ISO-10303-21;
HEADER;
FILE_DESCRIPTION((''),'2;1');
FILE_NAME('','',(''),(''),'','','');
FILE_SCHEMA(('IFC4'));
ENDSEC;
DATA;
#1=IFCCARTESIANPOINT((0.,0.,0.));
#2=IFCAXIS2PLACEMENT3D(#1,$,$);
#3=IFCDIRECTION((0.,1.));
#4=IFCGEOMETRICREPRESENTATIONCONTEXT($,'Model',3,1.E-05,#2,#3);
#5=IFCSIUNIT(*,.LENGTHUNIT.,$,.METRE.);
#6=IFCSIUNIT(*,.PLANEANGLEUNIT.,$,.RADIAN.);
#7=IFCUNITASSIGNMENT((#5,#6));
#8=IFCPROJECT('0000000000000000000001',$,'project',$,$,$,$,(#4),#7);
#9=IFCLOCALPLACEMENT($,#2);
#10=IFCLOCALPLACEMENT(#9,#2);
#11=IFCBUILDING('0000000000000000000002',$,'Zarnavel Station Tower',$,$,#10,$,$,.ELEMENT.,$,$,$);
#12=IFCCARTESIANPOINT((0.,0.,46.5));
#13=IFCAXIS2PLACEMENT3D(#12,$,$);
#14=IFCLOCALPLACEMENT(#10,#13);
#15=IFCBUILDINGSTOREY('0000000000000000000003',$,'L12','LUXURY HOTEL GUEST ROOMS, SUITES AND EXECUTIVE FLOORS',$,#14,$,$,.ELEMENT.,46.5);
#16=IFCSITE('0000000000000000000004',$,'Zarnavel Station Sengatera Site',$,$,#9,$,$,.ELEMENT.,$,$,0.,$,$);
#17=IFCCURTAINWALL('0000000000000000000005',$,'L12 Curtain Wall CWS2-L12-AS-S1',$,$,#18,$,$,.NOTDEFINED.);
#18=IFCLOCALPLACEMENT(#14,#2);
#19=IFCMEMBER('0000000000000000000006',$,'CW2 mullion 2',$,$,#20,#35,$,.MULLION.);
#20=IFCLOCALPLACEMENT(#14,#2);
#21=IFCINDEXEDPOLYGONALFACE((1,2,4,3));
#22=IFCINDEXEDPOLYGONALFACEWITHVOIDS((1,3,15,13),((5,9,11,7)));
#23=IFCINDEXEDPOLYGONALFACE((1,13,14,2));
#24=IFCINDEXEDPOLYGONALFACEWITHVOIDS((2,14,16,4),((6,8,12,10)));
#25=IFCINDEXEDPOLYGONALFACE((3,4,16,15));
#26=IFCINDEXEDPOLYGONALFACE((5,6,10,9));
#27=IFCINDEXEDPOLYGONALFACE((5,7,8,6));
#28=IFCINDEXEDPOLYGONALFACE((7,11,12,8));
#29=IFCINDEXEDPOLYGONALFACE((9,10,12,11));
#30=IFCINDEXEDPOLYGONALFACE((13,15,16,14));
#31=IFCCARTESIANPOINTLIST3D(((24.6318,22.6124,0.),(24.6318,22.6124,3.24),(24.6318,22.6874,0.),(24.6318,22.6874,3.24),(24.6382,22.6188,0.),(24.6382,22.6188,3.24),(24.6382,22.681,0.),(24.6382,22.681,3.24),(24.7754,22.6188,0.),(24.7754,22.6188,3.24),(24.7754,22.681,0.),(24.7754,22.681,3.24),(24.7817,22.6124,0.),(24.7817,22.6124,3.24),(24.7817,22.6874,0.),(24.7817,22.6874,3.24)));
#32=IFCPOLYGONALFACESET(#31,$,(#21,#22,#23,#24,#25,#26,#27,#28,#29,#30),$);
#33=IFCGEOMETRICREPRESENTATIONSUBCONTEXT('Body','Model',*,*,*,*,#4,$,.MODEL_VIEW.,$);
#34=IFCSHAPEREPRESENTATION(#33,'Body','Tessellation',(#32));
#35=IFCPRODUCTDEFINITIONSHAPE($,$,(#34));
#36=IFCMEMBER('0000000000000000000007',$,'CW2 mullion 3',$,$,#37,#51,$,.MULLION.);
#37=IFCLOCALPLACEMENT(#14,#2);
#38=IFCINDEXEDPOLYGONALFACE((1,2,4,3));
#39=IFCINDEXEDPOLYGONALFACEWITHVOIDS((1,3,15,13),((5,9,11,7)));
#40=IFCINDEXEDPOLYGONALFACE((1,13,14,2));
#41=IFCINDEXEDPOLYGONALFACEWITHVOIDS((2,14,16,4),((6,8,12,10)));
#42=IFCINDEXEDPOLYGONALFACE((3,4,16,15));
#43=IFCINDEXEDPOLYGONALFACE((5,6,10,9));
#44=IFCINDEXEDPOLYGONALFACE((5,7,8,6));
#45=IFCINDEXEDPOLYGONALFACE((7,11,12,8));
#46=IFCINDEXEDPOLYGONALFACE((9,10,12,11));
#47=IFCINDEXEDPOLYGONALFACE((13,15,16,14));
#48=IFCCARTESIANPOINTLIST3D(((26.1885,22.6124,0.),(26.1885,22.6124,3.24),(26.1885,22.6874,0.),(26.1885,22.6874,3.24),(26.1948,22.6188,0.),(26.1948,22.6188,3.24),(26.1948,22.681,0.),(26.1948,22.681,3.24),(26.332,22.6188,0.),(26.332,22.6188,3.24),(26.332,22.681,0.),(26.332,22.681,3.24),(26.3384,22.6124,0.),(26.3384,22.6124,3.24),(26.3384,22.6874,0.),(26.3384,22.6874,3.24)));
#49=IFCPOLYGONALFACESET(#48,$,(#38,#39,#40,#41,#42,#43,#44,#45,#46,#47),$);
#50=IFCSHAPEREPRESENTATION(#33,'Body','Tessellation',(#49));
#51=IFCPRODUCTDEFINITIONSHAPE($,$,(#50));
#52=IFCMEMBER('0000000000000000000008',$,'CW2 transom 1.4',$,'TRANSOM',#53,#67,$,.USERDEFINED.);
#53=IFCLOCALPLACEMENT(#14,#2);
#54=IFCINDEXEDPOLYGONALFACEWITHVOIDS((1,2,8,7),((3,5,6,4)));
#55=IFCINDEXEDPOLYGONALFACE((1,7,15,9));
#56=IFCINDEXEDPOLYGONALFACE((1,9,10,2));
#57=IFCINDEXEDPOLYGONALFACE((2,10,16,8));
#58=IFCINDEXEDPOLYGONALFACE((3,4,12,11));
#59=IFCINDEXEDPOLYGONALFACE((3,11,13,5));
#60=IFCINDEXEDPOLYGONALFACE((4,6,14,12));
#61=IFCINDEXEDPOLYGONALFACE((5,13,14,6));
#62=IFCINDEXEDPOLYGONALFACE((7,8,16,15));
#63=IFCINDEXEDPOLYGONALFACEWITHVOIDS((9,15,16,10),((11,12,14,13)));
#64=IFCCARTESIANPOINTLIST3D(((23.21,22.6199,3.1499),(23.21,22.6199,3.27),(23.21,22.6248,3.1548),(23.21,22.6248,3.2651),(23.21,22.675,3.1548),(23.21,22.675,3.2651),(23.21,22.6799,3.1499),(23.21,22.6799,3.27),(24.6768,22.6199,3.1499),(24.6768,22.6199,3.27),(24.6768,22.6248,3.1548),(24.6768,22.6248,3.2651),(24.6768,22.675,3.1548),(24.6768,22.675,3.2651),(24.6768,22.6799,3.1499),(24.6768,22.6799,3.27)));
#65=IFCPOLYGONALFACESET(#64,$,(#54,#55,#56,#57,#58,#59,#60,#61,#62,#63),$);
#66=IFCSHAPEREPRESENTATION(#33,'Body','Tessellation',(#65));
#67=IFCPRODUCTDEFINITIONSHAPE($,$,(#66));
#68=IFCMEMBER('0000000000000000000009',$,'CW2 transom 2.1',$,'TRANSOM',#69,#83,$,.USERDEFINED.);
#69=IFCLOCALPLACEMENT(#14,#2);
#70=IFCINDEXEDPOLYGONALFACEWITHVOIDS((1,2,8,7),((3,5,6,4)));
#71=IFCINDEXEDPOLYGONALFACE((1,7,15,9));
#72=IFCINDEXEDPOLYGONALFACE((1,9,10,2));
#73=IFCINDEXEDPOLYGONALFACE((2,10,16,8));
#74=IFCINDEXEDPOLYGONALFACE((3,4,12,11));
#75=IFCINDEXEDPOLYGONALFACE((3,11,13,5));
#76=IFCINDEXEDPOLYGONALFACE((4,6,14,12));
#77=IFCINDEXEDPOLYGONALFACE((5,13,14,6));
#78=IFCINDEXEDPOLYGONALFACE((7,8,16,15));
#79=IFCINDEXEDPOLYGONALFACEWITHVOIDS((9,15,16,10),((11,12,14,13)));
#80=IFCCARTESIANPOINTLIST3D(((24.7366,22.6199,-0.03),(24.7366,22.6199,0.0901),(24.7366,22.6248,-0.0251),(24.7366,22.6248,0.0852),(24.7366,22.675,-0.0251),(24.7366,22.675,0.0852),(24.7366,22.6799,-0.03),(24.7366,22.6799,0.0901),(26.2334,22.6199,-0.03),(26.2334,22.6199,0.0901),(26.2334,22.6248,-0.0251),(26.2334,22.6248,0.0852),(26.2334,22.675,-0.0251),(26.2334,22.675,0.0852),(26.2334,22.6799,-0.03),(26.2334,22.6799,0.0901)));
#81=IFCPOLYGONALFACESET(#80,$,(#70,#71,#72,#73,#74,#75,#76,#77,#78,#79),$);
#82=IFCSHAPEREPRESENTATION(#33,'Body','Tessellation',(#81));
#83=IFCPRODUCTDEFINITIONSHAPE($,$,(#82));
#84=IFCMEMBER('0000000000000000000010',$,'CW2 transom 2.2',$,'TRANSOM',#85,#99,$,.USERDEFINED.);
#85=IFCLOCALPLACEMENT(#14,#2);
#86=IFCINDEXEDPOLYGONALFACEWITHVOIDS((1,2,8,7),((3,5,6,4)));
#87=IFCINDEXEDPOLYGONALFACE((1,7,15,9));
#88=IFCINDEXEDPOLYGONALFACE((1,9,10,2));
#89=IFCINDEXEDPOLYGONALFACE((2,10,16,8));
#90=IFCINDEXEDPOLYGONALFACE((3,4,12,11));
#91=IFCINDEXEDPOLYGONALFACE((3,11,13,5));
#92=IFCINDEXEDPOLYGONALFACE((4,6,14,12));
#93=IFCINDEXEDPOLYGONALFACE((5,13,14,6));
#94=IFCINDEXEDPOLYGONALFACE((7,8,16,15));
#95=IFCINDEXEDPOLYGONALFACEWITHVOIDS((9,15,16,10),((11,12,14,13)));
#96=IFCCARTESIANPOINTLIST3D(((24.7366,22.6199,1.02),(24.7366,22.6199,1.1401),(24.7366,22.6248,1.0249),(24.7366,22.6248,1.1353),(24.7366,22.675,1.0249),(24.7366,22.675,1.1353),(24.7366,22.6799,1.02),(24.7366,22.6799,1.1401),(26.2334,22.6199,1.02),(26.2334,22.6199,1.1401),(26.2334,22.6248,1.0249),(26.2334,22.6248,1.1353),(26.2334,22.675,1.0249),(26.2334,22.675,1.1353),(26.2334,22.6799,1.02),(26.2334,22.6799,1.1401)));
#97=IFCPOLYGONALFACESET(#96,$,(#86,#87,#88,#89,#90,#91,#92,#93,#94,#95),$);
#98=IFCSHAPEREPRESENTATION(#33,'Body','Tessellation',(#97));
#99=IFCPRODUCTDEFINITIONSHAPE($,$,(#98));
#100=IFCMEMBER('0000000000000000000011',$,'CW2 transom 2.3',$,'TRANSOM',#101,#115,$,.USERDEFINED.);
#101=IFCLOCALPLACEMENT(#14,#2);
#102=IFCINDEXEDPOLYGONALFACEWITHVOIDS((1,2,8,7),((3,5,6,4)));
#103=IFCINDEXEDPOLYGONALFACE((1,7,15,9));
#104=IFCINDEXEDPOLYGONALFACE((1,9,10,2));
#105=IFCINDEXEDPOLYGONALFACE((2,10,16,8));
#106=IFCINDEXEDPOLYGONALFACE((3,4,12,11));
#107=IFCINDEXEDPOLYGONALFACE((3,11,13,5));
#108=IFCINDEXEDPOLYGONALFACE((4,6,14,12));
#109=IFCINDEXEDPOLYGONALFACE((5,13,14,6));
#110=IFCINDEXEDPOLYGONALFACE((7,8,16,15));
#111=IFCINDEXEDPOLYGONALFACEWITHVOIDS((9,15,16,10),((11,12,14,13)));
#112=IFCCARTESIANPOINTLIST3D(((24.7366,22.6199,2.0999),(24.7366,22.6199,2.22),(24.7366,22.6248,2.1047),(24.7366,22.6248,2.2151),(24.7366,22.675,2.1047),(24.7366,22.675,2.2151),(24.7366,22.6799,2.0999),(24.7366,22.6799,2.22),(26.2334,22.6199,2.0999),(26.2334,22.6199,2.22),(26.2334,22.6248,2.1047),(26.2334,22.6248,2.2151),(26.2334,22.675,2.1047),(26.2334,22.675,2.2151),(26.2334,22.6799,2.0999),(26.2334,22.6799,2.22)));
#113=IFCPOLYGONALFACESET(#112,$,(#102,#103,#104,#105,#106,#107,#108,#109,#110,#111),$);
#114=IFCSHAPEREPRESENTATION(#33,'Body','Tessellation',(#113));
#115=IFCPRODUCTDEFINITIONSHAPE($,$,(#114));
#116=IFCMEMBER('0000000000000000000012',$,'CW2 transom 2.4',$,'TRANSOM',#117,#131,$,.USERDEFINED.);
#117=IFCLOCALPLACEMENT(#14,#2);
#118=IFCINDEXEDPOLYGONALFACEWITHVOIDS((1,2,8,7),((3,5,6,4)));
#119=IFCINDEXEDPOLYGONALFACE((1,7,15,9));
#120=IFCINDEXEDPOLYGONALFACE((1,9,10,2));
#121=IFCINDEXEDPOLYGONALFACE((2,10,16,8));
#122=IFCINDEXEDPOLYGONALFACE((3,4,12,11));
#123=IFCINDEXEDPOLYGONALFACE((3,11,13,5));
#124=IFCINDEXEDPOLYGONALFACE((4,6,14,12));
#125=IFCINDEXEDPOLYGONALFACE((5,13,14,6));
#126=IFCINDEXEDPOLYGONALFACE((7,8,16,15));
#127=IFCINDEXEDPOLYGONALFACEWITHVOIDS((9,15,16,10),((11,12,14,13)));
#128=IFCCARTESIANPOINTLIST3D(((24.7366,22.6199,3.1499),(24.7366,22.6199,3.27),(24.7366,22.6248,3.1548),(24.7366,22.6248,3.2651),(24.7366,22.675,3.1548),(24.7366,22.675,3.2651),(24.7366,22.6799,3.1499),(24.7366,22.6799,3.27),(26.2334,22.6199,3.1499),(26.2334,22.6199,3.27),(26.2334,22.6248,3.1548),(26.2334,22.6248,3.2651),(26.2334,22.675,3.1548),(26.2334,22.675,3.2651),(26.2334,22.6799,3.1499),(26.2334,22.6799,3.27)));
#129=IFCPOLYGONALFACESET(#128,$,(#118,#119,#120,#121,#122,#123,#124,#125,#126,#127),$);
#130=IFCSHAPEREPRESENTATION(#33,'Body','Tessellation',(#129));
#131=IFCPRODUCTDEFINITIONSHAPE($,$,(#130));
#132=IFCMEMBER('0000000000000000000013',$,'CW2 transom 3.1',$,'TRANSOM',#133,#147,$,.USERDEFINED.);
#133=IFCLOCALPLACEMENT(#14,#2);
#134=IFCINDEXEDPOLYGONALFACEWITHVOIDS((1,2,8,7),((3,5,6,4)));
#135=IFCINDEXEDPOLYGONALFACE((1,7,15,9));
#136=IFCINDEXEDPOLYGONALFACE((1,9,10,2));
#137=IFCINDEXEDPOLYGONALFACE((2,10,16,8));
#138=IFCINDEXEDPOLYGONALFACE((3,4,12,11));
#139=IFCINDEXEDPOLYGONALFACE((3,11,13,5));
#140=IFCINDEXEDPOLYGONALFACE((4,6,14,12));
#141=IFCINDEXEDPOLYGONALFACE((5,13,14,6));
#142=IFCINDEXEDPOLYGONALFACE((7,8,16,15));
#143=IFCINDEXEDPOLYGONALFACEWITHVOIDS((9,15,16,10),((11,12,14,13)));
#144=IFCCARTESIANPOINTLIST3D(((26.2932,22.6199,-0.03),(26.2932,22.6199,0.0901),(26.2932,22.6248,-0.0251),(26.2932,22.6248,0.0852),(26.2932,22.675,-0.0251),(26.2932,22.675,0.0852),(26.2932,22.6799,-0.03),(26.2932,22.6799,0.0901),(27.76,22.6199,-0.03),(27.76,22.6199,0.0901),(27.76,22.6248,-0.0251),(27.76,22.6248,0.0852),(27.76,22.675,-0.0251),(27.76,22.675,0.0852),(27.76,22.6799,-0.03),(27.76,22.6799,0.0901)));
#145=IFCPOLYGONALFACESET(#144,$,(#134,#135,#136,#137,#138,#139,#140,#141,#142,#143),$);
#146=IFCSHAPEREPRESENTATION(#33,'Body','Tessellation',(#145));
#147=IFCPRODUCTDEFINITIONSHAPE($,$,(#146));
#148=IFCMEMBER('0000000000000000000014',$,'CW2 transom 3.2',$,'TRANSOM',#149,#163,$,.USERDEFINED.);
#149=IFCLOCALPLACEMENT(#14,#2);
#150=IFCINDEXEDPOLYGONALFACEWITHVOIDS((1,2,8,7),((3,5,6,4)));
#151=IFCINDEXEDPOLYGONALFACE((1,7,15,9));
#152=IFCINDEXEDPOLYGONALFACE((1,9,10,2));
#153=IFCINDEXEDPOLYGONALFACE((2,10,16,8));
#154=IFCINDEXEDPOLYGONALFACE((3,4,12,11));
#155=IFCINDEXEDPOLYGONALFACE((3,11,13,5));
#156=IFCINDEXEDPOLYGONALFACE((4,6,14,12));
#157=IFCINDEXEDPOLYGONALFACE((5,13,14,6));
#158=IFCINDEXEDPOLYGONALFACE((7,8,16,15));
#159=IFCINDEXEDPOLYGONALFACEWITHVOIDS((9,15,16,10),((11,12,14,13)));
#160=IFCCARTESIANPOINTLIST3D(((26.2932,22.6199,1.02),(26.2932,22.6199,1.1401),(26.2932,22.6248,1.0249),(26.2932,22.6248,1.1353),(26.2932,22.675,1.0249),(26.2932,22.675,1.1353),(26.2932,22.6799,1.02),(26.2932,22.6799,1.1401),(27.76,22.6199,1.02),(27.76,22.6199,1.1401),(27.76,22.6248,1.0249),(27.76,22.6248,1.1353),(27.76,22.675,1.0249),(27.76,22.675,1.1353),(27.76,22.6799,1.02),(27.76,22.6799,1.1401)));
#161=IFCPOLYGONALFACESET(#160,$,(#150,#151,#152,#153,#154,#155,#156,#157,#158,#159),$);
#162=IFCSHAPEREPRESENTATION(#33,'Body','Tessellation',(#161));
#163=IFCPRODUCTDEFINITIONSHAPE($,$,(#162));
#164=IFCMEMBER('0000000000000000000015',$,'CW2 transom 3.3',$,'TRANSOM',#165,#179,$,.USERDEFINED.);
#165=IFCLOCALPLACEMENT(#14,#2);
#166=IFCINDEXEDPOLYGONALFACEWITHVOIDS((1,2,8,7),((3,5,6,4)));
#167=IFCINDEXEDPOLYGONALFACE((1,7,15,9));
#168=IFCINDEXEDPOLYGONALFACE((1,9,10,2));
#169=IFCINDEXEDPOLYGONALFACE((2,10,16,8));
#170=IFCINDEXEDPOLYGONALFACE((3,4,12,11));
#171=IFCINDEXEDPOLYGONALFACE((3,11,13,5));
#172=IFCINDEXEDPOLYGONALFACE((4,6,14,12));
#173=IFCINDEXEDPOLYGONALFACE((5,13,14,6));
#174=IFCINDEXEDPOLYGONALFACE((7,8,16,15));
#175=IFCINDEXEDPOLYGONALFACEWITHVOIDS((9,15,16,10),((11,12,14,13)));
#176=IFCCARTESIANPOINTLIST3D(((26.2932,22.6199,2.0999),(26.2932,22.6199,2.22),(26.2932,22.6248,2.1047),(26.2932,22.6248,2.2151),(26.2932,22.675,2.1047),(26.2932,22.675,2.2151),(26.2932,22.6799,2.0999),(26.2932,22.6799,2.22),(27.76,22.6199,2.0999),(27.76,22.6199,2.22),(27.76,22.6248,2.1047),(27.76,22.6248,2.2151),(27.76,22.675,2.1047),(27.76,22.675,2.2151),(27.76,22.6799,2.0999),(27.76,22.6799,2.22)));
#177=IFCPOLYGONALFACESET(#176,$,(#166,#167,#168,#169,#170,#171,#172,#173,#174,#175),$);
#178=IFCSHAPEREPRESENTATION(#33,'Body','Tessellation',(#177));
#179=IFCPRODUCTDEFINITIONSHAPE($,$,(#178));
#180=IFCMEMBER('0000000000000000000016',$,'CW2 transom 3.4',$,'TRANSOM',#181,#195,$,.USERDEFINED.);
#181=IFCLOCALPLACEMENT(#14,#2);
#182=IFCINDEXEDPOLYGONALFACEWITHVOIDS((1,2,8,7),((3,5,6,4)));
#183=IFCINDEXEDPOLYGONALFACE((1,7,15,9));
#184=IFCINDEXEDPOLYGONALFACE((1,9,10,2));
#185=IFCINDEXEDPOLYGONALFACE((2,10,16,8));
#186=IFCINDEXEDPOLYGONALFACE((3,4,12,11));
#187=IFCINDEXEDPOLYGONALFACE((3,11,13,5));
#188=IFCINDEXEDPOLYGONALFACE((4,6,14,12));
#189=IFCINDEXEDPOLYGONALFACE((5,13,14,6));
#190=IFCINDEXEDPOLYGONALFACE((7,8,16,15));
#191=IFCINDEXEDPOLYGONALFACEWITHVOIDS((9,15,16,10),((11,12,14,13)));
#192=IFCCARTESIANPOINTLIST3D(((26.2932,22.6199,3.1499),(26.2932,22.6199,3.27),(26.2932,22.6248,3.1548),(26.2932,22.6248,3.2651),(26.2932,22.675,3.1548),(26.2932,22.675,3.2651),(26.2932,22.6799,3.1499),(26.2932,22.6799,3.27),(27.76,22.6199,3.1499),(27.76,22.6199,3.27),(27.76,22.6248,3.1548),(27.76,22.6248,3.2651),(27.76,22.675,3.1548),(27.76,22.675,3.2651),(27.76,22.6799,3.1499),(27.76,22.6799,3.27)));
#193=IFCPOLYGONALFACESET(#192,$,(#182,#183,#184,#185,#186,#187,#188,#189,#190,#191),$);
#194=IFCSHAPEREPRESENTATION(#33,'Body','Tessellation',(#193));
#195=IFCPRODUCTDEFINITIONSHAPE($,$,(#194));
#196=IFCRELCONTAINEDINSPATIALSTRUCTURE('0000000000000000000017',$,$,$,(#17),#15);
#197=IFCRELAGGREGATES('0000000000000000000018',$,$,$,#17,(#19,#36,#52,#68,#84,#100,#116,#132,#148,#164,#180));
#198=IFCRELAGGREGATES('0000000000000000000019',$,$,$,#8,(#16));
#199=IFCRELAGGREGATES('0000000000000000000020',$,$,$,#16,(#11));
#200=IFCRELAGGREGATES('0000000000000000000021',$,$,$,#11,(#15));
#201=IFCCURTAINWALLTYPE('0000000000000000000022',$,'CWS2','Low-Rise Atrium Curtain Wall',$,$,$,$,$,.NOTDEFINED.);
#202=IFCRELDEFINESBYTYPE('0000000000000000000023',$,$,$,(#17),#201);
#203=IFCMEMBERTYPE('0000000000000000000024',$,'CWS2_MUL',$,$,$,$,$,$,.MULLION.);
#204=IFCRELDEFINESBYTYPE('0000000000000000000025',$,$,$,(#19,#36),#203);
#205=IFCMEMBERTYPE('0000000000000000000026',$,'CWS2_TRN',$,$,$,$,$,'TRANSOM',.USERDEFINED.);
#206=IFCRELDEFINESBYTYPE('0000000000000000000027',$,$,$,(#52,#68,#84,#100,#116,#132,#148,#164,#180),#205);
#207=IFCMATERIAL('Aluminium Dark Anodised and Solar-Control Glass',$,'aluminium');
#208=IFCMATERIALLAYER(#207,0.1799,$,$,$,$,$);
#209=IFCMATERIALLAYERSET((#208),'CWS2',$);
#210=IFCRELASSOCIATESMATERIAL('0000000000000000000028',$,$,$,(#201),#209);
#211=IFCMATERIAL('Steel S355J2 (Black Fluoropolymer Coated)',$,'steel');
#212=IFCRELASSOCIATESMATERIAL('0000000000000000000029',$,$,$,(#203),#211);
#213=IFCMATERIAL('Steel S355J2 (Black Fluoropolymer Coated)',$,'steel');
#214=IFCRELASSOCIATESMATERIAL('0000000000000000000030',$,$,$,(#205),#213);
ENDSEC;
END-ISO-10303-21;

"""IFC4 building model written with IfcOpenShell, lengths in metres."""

from ifc_helpers import new_model, si_unit, direction, frame, origin, origin_2d, place, context, subcontext, project, spatial, hollow_rectangle, extrude, material, layer, layer_set, material_profile, profile_set, type_object, element, aggregate, save


model = new_model("IFC4")

# Units and contexts
model_context = context("Model", 3, precision=1e-05, world=origin(), true_north=direction((0.0, 1.0)))
body_context = subcontext(model_context, "Body", "Model", "MODEL_VIEW")
ifc_project = project(units=[si_unit("LENGTHUNIT", "METRE"), si_unit("PLANEANGLEUNIT", "RADIAN")], contexts=[model_context])

# Site, building, storey
site_placement = place(None, origin())
site = spatial("IfcSite", under=ifc_project, at=site_placement, Name="Zarnavel Station Sengatera Site", CompositionType="ELEMENT", RefElevation=0.0)
building_placement = place(site_placement, origin())
building = spatial("IfcBuilding", under=site, at=building_placement, Name="Zarnavel Station Tower", CompositionType="ELEMENT")
storey_placement = place(building_placement, frame((0.0, 0.0, 46.5)))
storey = spatial("IfcBuildingStorey", under=building, at=storey_placement, Name="L12", Description="LUXURY HOTEL GUEST ROOMS, SUITES AND EXECUTIVE FLOORS", CompositionType="ELEMENT", Elevation=46.5)

# Curtain wall, members
ifc_material_1 = material(Name="Aluminium Dark Anodised and Solar-Control Glass", Category="aluminium")
ifc_layer_1 = layer(ifc_material_1, 0.1799)
ifc_layer_set_1 = layer_set([ifc_layer_1], Name="CWS2")
curtain_wall_type = type_object("IfcCurtainWallType", Name="CWS2", Description="Low-Rise Atrium Curtain Wall", PredefinedType="NOTDEFINED", material=ifc_layer_set_1)
curtain_wall_placement = place(storey_placement, origin())
curtain_wall = element("IfcCurtainWall", 1, at=curtain_wall_placement, inside=storey, type_object=curtain_wall_type, Name="L12 Curtain Wall CWS2-L12-AS-S1", PredefinedType="NOTDEFINED")
ifc_material_2 = material(Name="Steel S355J2 (Black Fluoropolymer Coated)", Category="steel")
ifc_material_profile_1 = material_profile(ifc_material_2, hollow_rectangle(XDim=0.075, YDim=0.1499, WallThickness=0.0063, at=origin_2d()), Name="RHS150x75x6.3")
ifc_profile_set_1 = profile_set([ifc_material_profile_1], Name="Steel S355J2 (Black Fluoropolymer Coated)")
member_type_1 = type_object("IfcMemberType", Name="CWS2_MUL", PredefinedType="MULLION", material=ifc_profile_set_1)
member_1_placement = place(storey_placement, frame((24.7068, 22.6499, 0.0), z_axis=(0.0, 0.0, 1.0), x_axis=(0.0, 1.0, 0.0)))
member_1 = element("IfcMember", 2, at=member_1_placement, type_object=member_type_1, Name="CW2 mullion 2", PredefinedType="MULLION", context=body_context, shape_type="SweptSolid", body=[
    extrude(hollow_rectangle(XDim=0.075, YDim=0.1499, WallThickness=0.0063, at=origin_2d()), origin(), (0.0, 0.0, 1.0), 3.24),
])
member_2_placement = place(storey_placement, frame((26.2634, 22.6499, 0.0), z_axis=(0.0, 0.0, 1.0), x_axis=(0.0, 1.0, 0.0)))
member_2 = element("IfcMember", 3, at=member_2_placement, type_object=member_type_1, Name="CW2 mullion 3", PredefinedType="MULLION", context=body_context, shape_type="SweptSolid", body=[
    extrude(hollow_rectangle(XDim=0.075, YDim=0.1499, WallThickness=0.0063, at=origin_2d()), origin(), (0.0, 0.0, 1.0), 3.24),
])
ifc_material_3 = material(Name="Steel S355J2 (Black Fluoropolymer Coated)", Category="steel")
ifc_material_profile_2 = material_profile(ifc_material_3, hollow_rectangle(XDim=0.0601, YDim=0.1201, WallThickness=0.0049, at=origin_2d()), Name="RHS120x60x5")
ifc_profile_set_2 = profile_set([ifc_material_profile_2], Name="Steel S355J2 (Black Fluoropolymer Coated)")
member_type_2 = type_object("IfcMemberType", Name="CWS2_TRN", ElementType="TRANSOM", PredefinedType="USERDEFINED", material=ifc_profile_set_2)
member_3_placement = place(storey_placement, frame((23.21, 22.6499, 3.21), z_axis=(1.0, 0.0, 0.0), x_axis=(0.0, 1.0, 0.0)))
member_3 = element("IfcMember", 4, at=member_3_placement, type_object=member_type_2, Name="CW2 transom 1.4", ObjectType="TRANSOM", PredefinedType="USERDEFINED", context=body_context, shape_type="SweptSolid", body=[
    extrude(hollow_rectangle(XDim=0.0601, YDim=0.1201, WallThickness=0.0049, at=origin_2d()), origin(), (0.0, 0.0, 1.0), 1.4668),
])
member_4_placement = place(storey_placement, frame((24.7366, 22.6499, 0.03), z_axis=(1.0, 0.0, 0.0), x_axis=(0.0, 1.0, 0.0)))
member_4 = element("IfcMember", 5, at=member_4_placement, type_object=member_type_2, Name="CW2 transom 2.1", ObjectType="TRANSOM", PredefinedType="USERDEFINED", context=body_context, shape_type="SweptSolid", body=[
    extrude(hollow_rectangle(XDim=0.0601, YDim=0.1201, WallThickness=0.0049, at=origin_2d()), origin(), (0.0, 0.0, 1.0), 1.4968),
])
member_5_placement = place(storey_placement, frame((24.7366, 22.6499, 1.0801), z_axis=(1.0, 0.0, 0.0), x_axis=(0.0, 1.0, 0.0)))
member_5 = element("IfcMember", 6, at=member_5_placement, type_object=member_type_2, Name="CW2 transom 2.2", ObjectType="TRANSOM", PredefinedType="USERDEFINED", context=body_context, shape_type="SweptSolid", body=[
    extrude(hollow_rectangle(XDim=0.0601, YDim=0.1201, WallThickness=0.0049, at=origin_2d()), origin(), (0.0, 0.0, 1.0), 1.4968),
])
member_6_placement = place(storey_placement, frame((24.7366, 22.6499, 2.1599), z_axis=(1.0, 0.0, 0.0), x_axis=(0.0, 1.0, 0.0)))
member_6 = element("IfcMember", 7, at=member_6_placement, type_object=member_type_2, Name="CW2 transom 2.3", ObjectType="TRANSOM", PredefinedType="USERDEFINED", context=body_context, shape_type="SweptSolid", body=[
    extrude(hollow_rectangle(XDim=0.0601, YDim=0.1201, WallThickness=0.0049, at=origin_2d()), origin(), (0.0, 0.0, 1.0), 1.4968),
])
member_7_placement = place(storey_placement, frame((24.7366, 22.6499, 3.21), z_axis=(1.0, 0.0, 0.0), x_axis=(0.0, 1.0, 0.0)))
member_7 = element("IfcMember", 8, at=member_7_placement, type_object=member_type_2, Name="CW2 transom 2.4", ObjectType="TRANSOM", PredefinedType="USERDEFINED", context=body_context, shape_type="SweptSolid", body=[
    extrude(hollow_rectangle(XDim=0.0601, YDim=0.1201, WallThickness=0.0049, at=origin_2d()), origin(), (0.0, 0.0, 1.0), 1.4968),
])
member_8_placement = place(storey_placement, frame((26.2932, 22.6499, 0.03), z_axis=(1.0, 0.0, 0.0), x_axis=(0.0, 1.0, 0.0)))
member_8 = element("IfcMember", 9, at=member_8_placement, type_object=member_type_2, Name="CW2 transom 3.1", ObjectType="TRANSOM", PredefinedType="USERDEFINED", context=body_context, shape_type="SweptSolid", body=[
    extrude(hollow_rectangle(XDim=0.0601, YDim=0.1201, WallThickness=0.0049, at=origin_2d()), origin(), (0.0, 0.0, 1.0), 1.4668),
])
member_9_placement = place(storey_placement, frame((26.2932, 22.6499, 1.0801), z_axis=(1.0, 0.0, 0.0), x_axis=(0.0, 1.0, 0.0)))
member_9 = element("IfcMember", 10, at=member_9_placement, type_object=member_type_2, Name="CW2 transom 3.2", ObjectType="TRANSOM", PredefinedType="USERDEFINED", context=body_context, shape_type="SweptSolid", body=[
    extrude(hollow_rectangle(XDim=0.0601, YDim=0.1201, WallThickness=0.0049, at=origin_2d()), origin(), (0.0, 0.0, 1.0), 1.4668),
])
member_10_placement = place(storey_placement, frame((26.2932, 22.6499, 2.1599), z_axis=(1.0, 0.0, 0.0), x_axis=(0.0, 1.0, 0.0)))
member_10 = element("IfcMember", 11, at=member_10_placement, type_object=member_type_2, Name="CW2 transom 3.3", ObjectType="TRANSOM", PredefinedType="USERDEFINED", context=body_context, shape_type="SweptSolid", body=[
    extrude(hollow_rectangle(XDim=0.0601, YDim=0.1201, WallThickness=0.0049, at=origin_2d()), origin(), (0.0, 0.0, 1.0), 1.4668),
])
member_11_placement = place(storey_placement, frame((26.2932, 22.6499, 3.21), z_axis=(1.0, 0.0, 0.0), x_axis=(0.0, 1.0, 0.0)))
member_11 = element("IfcMember", 12, at=member_11_placement, type_object=member_type_2, Name="CW2 transom 3.4", ObjectType="TRANSOM", PredefinedType="USERDEFINED", context=body_context, shape_type="SweptSolid", body=[
    extrude(hollow_rectangle(XDim=0.0601, YDim=0.1201, WallThickness=0.0049, at=origin_2d()), origin(), (0.0, 0.0, 1.0), 1.4668),
])
aggregate(curtain_wall, [member_1, member_2, member_3, member_4, member_5, member_6, member_7, member_8, member_9, member_10, member_11])

save(model, "model.ifc")
